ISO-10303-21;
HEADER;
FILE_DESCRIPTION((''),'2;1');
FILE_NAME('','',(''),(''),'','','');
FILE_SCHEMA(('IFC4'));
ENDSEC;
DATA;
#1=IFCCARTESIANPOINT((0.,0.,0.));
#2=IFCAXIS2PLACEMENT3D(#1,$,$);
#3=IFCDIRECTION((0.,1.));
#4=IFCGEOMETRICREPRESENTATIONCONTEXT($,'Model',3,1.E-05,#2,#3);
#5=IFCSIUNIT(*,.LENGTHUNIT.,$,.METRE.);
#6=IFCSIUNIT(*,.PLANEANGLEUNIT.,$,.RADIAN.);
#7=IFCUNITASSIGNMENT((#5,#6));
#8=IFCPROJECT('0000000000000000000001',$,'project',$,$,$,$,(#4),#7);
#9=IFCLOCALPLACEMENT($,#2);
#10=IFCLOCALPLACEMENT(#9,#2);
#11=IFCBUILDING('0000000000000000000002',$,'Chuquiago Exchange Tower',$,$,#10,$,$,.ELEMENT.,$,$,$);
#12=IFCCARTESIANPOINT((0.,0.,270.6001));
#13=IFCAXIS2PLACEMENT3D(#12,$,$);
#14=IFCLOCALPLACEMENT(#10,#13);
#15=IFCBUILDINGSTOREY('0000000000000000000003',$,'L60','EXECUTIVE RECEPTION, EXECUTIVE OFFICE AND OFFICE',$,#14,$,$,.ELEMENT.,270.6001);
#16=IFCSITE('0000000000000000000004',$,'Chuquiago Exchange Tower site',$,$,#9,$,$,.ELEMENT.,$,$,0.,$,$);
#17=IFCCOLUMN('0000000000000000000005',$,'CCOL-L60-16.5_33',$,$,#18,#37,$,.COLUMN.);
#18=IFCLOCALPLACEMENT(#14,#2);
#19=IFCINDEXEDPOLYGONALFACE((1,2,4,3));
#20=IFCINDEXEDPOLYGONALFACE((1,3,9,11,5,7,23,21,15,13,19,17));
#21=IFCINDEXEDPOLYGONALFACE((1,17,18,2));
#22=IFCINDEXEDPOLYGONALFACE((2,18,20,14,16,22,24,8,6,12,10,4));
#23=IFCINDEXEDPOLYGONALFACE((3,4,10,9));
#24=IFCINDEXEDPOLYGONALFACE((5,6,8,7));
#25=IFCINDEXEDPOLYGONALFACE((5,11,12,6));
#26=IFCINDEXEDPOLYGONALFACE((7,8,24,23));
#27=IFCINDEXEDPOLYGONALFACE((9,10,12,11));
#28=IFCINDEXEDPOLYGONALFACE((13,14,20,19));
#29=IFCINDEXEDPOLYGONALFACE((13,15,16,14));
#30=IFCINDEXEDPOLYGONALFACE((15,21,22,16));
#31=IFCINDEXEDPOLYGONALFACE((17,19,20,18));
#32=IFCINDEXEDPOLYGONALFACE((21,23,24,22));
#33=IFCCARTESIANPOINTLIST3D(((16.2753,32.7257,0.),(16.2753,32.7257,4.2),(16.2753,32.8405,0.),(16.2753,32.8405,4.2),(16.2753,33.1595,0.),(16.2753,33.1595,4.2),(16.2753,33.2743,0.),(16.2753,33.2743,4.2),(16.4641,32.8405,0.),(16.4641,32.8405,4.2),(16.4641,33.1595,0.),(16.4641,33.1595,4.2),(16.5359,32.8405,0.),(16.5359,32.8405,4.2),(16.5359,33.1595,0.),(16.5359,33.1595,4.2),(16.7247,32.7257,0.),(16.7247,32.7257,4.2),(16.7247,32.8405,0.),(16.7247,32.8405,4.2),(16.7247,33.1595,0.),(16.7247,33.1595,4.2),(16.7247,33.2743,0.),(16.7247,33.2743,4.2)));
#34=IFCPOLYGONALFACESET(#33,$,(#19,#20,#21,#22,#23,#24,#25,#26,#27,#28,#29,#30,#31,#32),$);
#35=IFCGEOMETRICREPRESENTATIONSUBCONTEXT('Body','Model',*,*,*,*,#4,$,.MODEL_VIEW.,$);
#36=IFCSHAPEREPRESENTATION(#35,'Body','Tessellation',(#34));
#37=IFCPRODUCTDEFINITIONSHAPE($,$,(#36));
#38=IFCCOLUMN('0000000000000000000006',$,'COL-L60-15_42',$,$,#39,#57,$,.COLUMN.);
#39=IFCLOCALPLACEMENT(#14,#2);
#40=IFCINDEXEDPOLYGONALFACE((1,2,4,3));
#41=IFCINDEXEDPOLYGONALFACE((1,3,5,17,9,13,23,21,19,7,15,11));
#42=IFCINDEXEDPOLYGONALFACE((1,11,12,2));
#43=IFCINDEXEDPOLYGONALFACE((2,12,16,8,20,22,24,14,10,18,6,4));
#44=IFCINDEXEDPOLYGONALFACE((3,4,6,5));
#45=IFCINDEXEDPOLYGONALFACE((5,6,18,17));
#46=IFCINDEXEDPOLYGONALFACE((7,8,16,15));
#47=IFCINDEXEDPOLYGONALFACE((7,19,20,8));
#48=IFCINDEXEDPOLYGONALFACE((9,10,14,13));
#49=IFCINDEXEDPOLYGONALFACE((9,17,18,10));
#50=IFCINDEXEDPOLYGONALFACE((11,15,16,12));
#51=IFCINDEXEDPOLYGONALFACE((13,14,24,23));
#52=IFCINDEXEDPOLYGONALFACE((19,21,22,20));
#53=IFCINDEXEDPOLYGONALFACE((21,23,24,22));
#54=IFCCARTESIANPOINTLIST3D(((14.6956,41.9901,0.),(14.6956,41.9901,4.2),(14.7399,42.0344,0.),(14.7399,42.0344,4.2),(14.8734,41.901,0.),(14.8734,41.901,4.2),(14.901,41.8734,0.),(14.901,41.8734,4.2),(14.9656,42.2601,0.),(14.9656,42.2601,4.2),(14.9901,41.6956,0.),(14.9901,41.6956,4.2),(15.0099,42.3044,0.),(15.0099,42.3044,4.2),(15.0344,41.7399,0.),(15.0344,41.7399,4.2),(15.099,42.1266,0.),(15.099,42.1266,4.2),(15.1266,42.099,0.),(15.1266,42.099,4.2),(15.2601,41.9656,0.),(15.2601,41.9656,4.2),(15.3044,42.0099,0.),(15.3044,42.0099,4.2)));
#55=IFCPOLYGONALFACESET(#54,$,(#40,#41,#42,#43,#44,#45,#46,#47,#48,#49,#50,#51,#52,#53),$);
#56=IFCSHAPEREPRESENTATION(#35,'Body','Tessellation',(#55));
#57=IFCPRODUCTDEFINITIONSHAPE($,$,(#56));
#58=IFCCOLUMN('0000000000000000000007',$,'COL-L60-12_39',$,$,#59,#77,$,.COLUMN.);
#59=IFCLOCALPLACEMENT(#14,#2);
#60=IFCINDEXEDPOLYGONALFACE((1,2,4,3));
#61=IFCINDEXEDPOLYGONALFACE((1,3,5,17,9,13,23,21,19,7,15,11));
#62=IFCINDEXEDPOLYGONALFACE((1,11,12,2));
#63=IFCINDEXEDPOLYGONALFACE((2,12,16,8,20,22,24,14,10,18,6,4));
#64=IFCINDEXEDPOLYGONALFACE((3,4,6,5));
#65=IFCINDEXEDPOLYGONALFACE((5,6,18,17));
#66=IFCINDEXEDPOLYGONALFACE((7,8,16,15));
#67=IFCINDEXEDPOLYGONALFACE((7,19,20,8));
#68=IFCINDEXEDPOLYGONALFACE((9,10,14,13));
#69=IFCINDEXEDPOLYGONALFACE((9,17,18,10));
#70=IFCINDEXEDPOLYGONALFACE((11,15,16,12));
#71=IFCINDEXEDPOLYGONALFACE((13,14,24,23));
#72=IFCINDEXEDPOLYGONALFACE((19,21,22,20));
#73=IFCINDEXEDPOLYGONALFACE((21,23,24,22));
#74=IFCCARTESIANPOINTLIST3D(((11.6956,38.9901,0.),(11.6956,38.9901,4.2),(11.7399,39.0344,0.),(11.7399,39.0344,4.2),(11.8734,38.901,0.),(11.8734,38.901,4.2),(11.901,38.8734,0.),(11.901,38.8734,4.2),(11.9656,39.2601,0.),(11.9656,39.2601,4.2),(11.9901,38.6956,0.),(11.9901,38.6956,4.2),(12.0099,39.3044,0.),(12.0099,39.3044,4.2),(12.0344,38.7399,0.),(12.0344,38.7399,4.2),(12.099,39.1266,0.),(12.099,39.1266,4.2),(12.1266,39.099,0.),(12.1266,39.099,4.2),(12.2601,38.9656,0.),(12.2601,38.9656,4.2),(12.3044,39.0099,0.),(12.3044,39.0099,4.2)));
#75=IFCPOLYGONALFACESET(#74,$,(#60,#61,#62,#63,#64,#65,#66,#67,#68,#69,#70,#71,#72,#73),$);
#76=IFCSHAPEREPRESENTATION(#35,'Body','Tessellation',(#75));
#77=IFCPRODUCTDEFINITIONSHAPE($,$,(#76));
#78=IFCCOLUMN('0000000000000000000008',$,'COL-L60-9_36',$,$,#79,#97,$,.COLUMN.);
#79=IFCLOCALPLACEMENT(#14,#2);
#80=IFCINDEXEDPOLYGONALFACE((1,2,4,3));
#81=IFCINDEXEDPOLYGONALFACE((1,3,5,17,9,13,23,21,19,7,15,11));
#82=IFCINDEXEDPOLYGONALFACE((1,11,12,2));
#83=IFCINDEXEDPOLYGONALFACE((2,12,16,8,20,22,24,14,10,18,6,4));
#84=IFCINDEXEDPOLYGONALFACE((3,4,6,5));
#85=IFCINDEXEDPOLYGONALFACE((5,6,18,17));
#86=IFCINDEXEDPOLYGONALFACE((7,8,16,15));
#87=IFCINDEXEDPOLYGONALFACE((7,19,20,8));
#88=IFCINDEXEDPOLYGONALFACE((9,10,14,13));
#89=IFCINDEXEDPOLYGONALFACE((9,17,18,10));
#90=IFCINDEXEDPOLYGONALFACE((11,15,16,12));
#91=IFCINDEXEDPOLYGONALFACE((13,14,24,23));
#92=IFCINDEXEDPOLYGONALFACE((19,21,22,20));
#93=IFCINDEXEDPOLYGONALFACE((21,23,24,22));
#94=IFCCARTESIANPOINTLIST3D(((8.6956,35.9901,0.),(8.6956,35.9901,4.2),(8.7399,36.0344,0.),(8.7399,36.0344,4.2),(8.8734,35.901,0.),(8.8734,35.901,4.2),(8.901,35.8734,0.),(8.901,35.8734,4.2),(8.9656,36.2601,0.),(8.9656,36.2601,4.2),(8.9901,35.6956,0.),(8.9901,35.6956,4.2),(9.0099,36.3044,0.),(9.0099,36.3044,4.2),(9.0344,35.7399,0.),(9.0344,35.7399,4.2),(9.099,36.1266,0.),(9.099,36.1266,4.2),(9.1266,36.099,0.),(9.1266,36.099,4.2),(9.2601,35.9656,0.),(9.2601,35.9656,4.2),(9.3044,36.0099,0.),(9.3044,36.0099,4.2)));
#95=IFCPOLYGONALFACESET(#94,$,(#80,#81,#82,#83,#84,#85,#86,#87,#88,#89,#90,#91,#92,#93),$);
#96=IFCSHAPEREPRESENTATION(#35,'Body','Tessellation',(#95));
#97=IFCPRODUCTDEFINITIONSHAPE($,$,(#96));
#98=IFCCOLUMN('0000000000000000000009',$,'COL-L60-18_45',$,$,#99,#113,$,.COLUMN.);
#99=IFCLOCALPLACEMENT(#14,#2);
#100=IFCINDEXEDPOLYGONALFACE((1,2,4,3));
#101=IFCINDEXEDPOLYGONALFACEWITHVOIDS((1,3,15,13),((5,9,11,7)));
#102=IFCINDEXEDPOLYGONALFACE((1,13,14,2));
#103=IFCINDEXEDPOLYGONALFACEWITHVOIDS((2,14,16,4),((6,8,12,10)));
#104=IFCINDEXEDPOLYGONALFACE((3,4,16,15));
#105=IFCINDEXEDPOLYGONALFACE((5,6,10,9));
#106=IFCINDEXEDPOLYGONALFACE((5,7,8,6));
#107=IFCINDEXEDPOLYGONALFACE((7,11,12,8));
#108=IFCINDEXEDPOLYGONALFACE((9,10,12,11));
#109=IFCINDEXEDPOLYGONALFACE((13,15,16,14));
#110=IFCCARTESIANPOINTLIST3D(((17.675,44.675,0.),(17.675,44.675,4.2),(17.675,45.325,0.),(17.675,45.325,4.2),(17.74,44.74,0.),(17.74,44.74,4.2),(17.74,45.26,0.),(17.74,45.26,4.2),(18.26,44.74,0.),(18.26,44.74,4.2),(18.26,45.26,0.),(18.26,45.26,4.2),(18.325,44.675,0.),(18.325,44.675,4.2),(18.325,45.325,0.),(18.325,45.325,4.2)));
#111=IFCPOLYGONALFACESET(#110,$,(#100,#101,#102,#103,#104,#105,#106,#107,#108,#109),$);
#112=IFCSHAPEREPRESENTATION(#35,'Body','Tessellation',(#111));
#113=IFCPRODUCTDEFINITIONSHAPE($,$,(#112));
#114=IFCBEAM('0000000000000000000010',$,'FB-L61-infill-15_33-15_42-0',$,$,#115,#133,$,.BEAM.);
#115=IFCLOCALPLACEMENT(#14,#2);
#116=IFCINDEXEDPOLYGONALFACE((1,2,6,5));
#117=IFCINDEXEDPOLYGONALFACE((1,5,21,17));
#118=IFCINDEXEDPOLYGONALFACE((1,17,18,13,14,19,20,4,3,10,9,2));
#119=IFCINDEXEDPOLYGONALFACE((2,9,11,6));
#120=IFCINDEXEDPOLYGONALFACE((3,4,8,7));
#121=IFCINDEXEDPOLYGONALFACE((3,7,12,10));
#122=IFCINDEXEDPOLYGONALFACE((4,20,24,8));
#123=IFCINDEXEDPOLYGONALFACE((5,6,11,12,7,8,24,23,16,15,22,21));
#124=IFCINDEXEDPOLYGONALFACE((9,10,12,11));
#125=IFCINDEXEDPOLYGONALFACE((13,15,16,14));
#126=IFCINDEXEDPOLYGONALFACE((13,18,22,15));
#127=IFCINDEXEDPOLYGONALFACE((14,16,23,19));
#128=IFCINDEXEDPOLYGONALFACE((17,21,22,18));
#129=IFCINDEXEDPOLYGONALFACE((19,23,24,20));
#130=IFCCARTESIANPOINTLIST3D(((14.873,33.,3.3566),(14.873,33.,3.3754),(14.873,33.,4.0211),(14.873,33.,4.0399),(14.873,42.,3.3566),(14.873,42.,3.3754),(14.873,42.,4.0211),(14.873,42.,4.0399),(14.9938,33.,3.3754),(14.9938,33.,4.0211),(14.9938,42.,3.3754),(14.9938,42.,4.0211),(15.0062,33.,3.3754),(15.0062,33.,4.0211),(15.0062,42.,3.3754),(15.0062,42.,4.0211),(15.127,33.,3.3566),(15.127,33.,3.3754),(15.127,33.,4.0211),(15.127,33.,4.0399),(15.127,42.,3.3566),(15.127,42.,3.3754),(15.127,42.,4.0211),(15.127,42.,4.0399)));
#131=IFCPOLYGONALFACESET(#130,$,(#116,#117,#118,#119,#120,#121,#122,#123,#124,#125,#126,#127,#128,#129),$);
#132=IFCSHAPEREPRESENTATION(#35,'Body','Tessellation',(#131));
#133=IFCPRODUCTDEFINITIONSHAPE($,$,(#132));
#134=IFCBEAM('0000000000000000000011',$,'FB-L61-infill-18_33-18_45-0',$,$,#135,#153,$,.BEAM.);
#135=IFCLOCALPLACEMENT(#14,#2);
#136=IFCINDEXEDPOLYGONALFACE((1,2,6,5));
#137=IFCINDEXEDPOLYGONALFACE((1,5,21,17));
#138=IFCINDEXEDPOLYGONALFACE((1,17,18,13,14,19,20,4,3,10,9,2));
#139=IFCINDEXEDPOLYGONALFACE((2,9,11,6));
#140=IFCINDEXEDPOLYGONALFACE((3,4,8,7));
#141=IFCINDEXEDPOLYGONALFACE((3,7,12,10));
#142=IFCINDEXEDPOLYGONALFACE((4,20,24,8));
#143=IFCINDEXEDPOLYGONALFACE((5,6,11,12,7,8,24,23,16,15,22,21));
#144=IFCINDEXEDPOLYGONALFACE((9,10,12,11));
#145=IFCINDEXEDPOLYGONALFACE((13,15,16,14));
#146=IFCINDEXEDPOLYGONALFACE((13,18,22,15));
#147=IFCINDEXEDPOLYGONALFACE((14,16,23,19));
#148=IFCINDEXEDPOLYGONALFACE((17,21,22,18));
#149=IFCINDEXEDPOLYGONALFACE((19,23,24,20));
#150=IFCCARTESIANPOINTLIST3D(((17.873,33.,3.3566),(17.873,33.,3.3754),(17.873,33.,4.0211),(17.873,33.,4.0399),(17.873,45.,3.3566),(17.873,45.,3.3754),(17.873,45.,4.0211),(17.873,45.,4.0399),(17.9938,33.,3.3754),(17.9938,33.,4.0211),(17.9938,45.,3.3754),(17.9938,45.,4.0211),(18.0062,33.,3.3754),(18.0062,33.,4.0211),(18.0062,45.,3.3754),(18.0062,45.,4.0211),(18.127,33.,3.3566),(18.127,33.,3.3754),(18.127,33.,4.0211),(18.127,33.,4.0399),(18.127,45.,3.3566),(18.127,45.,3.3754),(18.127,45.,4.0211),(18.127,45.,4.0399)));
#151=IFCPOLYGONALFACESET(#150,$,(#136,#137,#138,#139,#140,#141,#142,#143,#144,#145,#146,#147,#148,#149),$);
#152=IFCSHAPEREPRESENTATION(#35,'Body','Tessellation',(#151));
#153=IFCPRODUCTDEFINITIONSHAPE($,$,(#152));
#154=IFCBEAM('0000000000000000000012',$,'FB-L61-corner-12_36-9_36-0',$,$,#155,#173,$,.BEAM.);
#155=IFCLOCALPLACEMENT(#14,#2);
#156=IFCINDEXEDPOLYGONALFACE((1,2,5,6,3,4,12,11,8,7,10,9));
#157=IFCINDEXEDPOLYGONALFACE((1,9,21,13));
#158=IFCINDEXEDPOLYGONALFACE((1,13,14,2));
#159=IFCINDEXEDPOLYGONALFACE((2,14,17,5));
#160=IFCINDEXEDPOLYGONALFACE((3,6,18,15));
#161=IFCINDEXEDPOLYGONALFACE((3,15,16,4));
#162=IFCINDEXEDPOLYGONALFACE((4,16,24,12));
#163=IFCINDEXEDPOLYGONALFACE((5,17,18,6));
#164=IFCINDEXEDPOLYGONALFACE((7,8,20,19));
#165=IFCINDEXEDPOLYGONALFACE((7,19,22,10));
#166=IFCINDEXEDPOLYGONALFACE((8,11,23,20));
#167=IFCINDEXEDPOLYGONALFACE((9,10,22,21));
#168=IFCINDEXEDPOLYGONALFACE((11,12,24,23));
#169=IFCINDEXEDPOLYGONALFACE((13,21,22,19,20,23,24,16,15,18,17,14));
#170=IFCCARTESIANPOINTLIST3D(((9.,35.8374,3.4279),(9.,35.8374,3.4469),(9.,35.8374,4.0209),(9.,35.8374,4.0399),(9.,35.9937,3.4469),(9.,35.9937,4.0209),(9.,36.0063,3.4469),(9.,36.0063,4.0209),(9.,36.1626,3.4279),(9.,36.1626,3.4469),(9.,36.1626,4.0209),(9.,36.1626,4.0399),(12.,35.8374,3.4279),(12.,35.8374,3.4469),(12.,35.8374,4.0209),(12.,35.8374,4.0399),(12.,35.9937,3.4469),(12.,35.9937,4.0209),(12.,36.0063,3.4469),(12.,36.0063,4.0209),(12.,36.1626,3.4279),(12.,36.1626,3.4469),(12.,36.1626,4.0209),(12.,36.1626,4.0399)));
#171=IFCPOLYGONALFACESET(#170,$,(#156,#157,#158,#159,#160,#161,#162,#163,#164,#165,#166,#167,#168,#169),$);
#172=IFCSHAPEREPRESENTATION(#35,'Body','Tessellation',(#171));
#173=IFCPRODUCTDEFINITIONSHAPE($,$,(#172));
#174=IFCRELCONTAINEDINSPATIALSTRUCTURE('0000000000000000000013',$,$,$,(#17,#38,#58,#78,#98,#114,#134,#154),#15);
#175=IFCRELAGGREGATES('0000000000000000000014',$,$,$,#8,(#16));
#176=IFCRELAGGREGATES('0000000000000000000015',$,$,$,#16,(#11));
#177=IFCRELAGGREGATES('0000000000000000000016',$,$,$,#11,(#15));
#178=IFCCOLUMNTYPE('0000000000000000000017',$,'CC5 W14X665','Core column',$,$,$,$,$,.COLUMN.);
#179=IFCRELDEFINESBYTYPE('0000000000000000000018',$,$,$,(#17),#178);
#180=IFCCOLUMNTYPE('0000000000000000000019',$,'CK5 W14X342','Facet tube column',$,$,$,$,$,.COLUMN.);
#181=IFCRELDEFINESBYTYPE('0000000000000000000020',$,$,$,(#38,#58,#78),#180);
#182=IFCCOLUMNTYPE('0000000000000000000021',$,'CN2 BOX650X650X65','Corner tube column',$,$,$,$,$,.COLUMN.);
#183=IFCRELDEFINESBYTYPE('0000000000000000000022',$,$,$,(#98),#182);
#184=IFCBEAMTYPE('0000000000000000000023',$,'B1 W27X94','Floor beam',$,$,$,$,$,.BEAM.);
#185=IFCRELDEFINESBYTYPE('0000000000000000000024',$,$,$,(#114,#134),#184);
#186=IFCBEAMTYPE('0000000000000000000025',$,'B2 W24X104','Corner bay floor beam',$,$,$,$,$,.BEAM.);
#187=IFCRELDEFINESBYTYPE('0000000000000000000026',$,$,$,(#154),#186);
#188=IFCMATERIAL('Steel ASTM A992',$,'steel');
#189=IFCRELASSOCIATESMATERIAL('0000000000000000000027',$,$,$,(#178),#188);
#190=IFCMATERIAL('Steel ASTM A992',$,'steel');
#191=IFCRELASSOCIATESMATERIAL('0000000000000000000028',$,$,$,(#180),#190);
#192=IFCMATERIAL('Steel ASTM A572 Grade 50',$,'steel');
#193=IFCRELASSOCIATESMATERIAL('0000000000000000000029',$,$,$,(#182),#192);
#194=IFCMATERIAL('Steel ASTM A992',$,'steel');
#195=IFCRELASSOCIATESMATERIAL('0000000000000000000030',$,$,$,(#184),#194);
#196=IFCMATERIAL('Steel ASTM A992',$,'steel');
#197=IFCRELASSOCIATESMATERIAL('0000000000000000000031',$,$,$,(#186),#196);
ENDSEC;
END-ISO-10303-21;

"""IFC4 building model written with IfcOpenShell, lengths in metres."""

from ifc_helpers import new_model, si_unit, direction, frame, origin, origin_2d, place, context, subcontext, project, spatial, hollow_rectangle, i_section, extrude, material, material_profile, profile_set, type_object, element, save


model = new_model("IFC4")

# Units and contexts
model_context = context("Model", 3, precision=1e-05, world=origin(), true_north=direction((0.0, 1.0)))
body_context = subcontext(model_context, "Body", "Model", "MODEL_VIEW")
ifc_project = project(units=[si_unit("LENGTHUNIT", "METRE"), si_unit("PLANEANGLEUNIT", "RADIAN")], contexts=[model_context])

# Site, building, storey
site_placement = place(None, origin())
site = spatial("IfcSite", under=ifc_project, at=site_placement, Name="Chuquiago Exchange Tower site", CompositionType="ELEMENT", RefElevation=0.0)
building_placement = place(site_placement, origin())
building = spatial("IfcBuilding", under=site, at=building_placement, Name="Chuquiago Exchange Tower", CompositionType="ELEMENT")
storey_placement = place(building_placement, frame((0.0, 0.0, 270.6001)))
storey = spatial("IfcBuildingStorey", under=building, at=storey_placement, Name="L60", Description="EXECUTIVE RECEPTION, EXECUTIVE OFFICE AND OFFICE", CompositionType="ELEMENT", Elevation=270.6001)

# Columns
ifc_material_1 = material(Name="Steel ASTM A992", Category="steel")
ifc_material_profile_1 = material_profile(ifc_material_1, i_section(OverallWidth=0.4495, OverallDepth=0.5486, WebThickness=0.0718, FlangeThickness=0.1147, at=origin_2d()), Name="W14X665")
ifc_profile_set_1 = profile_set([ifc_material_profile_1], Name="Steel ASTM A992")
column_type_1 = type_object("IfcColumnType", Name="CC5 W14X665", Description="Core column", PredefinedType="COLUMN", material=ifc_profile_set_1)
column_1_placement = place(storey_placement, frame((16.5, 33.0, 0.0), z_axis=(0.0, 0.0, 1.0), x_axis=(1.0, 0.0, 0.0)))
element("IfcColumn", 1, at=column_1_placement, inside=storey, type_object=column_type_1, Name="CCOL-L60-16.5_33", PredefinedType="COLUMN", context=body_context, shape_type="SweptSolid", body=[
    extrude(i_section(OverallWidth=0.4495, OverallDepth=0.5486, WebThickness=0.0718, FlangeThickness=0.1147, at=origin_2d()), origin(), (0.0, 0.0, 1.0), 4.2),
])
ifc_material_2 = material(Name="Steel ASTM A992", Category="steel")
ifc_material_profile_2 = material_profile(ifc_material_2, i_section(OverallWidth=0.4165, OverallDepth=0.4446, WebThickness=0.0391, FlangeThickness=0.0627, at=origin_2d()), Name="W14X342")
ifc_profile_set_2 = profile_set([ifc_material_profile_2], Name="Steel ASTM A992")
column_type_2 = type_object("IfcColumnType", Name="CK5 W14X342", Description="Facet tube column", PredefinedType="COLUMN", material=ifc_profile_set_2)
for number, where, z_axis, x_axis, name in (
    (2, (15.0, 42.0, 0.0), (0.0, 0.0, 1.0), (-0.707107, 0.707107, 0.0), "COL-L60-15_42"),
    (3, (12.0, 39.0, 0.0), (0.0, 0.0, 1.0), (-0.707107, 0.707107, 0.0), "COL-L60-12_39"),
    (4, (9.0, 36.0, 0.0), (0.0, 0.0, 1.0), (-0.707107, 0.707107, 0.0), "COL-L60-9_36"),
):
    element("IfcColumn", number, at=place(storey_placement, frame(where, z_axis=z_axis, x_axis=x_axis)), inside=storey, type_object=column_type_2, Name=name, PredefinedType="COLUMN", context=body_context, shape_type="SweptSolid", body=[
        extrude(i_section(OverallWidth=0.4165, OverallDepth=0.4446, WebThickness=0.0391, FlangeThickness=0.0627, at=origin_2d()), origin(), (0.0, 0.0, 1.0), 4.2),
    ])
ifc_material_3 = material(Name="Steel ASTM A572 Grade 50", Category="steel")
ifc_material_profile_3 = material_profile(ifc_material_3, hollow_rectangle(XDim=0.6499, YDim=0.6499, WallThickness=0.0649, at=origin_2d()), Name="BOX650X650X65")
ifc_profile_set_3 = profile_set([ifc_material_profile_3], Name="Steel ASTM A572 Grade 50")
column_type_3 = type_object("IfcColumnType", Name="CN2 BOX650X650X65", Description="Corner tube column", PredefinedType="COLUMN", material=ifc_profile_set_3)
column_2_placement = place(storey_placement, frame((18.0, 45.0, 0.0), z_axis=(0.0, 0.0, 1.0), x_axis=(0.0, 1.0, 0.0)))
element("IfcColumn", 5, at=column_2_placement, inside=storey, type_object=column_type_3, Name="COL-L60-18_45", PredefinedType="COLUMN", context=body_context, shape_type="SweptSolid", body=[
    extrude(hollow_rectangle(XDim=0.6499, YDim=0.6499, WallThickness=0.0649, at=origin_2d()), origin(), (0.0, 0.0, 1.0), 4.2),
])

# Beams
ifc_material_4 = material(Name="Steel ASTM A992", Category="steel")
ifc_material_profile_4 = material_profile(ifc_material_4, i_section(OverallWidth=0.2539, OverallDepth=0.6833, WebThickness=0.0125, FlangeThickness=0.0188, at=origin_2d()), Name="W27X94")
ifc_profile_set_4 = profile_set([ifc_material_profile_4], Name="Steel ASTM A992")
beam_type_1 = type_object("IfcBeamType", Name="B1 W27X94", Description="Floor beam", PredefinedType="BEAM", material=ifc_profile_set_4)
beam_1_placement = place(storey_placement, frame((15.0, 33.0, 3.6982), z_axis=(0.0, 1.0, 0.0), x_axis=(-1.0, 0.0, 0.0)))
element("IfcBeam", 6, at=beam_1_placement, inside=storey, type_object=beam_type_1, Name="FB-L61-infill-15_33-15_42-0", PredefinedType="BEAM", context=body_context, shape_type="SweptSolid", body=[
    extrude(i_section(OverallWidth=0.2539, OverallDepth=0.6833, WebThickness=0.0125, FlangeThickness=0.0188, at=origin_2d()), origin(), (0.0, 0.0, 1.0), 9.0),
])
beam_2_placement = place(storey_placement, frame((18.0, 33.0, 3.6982), z_axis=(0.0, 1.0, 0.0), x_axis=(-1.0, 0.0, 0.0)))
element("IfcBeam", 7, at=beam_2_placement, inside=storey, type_object=beam_type_1, Name="FB-L61-infill-18_33-18_45-0", PredefinedType="BEAM", context=body_context, shape_type="SweptSolid", body=[
    extrude(i_section(OverallWidth=0.2539, OverallDepth=0.6833, WebThickness=0.0125, FlangeThickness=0.0188, at=origin_2d()), origin(), (0.0, 0.0, 1.0), 12.0),
])
ifc_material_5 = material(Name="Steel ASTM A992", Category="steel")
ifc_material_profile_5 = material_profile(ifc_material_5, i_section(OverallWidth=0.3252, OverallDepth=0.6121, WebThickness=0.0127, FlangeThickness=0.019, at=origin_2d()), Name="W24X104")
ifc_profile_set_5 = profile_set([ifc_material_profile_5], Name="Steel ASTM A992")
beam_type_2 = type_object("IfcBeamType", Name="B2 W24X104", Description="Corner bay floor beam", PredefinedType="BEAM", material=ifc_profile_set_5)
beam_3_placement = place(storey_placement, frame((12.0, 36.0, 3.7339), z_axis=(-1.0, 0.0, 0.0), x_axis=(0.0, -1.0, 0.0)))
element("IfcBeam", 8, at=beam_3_placement, inside=storey, type_object=beam_type_2, Name="FB-L61-corner-12_36-9_36-0", PredefinedType="BEAM", context=body_context, shape_type="SweptSolid", body=[
    extrude(i_section(OverallWidth=0.3252, OverallDepth=0.6121, WebThickness=0.0127, FlangeThickness=0.019, at=origin_2d()), origin(), (0.0, 0.0, 1.0), 3.0),
])

save(model, "model.ifc")
